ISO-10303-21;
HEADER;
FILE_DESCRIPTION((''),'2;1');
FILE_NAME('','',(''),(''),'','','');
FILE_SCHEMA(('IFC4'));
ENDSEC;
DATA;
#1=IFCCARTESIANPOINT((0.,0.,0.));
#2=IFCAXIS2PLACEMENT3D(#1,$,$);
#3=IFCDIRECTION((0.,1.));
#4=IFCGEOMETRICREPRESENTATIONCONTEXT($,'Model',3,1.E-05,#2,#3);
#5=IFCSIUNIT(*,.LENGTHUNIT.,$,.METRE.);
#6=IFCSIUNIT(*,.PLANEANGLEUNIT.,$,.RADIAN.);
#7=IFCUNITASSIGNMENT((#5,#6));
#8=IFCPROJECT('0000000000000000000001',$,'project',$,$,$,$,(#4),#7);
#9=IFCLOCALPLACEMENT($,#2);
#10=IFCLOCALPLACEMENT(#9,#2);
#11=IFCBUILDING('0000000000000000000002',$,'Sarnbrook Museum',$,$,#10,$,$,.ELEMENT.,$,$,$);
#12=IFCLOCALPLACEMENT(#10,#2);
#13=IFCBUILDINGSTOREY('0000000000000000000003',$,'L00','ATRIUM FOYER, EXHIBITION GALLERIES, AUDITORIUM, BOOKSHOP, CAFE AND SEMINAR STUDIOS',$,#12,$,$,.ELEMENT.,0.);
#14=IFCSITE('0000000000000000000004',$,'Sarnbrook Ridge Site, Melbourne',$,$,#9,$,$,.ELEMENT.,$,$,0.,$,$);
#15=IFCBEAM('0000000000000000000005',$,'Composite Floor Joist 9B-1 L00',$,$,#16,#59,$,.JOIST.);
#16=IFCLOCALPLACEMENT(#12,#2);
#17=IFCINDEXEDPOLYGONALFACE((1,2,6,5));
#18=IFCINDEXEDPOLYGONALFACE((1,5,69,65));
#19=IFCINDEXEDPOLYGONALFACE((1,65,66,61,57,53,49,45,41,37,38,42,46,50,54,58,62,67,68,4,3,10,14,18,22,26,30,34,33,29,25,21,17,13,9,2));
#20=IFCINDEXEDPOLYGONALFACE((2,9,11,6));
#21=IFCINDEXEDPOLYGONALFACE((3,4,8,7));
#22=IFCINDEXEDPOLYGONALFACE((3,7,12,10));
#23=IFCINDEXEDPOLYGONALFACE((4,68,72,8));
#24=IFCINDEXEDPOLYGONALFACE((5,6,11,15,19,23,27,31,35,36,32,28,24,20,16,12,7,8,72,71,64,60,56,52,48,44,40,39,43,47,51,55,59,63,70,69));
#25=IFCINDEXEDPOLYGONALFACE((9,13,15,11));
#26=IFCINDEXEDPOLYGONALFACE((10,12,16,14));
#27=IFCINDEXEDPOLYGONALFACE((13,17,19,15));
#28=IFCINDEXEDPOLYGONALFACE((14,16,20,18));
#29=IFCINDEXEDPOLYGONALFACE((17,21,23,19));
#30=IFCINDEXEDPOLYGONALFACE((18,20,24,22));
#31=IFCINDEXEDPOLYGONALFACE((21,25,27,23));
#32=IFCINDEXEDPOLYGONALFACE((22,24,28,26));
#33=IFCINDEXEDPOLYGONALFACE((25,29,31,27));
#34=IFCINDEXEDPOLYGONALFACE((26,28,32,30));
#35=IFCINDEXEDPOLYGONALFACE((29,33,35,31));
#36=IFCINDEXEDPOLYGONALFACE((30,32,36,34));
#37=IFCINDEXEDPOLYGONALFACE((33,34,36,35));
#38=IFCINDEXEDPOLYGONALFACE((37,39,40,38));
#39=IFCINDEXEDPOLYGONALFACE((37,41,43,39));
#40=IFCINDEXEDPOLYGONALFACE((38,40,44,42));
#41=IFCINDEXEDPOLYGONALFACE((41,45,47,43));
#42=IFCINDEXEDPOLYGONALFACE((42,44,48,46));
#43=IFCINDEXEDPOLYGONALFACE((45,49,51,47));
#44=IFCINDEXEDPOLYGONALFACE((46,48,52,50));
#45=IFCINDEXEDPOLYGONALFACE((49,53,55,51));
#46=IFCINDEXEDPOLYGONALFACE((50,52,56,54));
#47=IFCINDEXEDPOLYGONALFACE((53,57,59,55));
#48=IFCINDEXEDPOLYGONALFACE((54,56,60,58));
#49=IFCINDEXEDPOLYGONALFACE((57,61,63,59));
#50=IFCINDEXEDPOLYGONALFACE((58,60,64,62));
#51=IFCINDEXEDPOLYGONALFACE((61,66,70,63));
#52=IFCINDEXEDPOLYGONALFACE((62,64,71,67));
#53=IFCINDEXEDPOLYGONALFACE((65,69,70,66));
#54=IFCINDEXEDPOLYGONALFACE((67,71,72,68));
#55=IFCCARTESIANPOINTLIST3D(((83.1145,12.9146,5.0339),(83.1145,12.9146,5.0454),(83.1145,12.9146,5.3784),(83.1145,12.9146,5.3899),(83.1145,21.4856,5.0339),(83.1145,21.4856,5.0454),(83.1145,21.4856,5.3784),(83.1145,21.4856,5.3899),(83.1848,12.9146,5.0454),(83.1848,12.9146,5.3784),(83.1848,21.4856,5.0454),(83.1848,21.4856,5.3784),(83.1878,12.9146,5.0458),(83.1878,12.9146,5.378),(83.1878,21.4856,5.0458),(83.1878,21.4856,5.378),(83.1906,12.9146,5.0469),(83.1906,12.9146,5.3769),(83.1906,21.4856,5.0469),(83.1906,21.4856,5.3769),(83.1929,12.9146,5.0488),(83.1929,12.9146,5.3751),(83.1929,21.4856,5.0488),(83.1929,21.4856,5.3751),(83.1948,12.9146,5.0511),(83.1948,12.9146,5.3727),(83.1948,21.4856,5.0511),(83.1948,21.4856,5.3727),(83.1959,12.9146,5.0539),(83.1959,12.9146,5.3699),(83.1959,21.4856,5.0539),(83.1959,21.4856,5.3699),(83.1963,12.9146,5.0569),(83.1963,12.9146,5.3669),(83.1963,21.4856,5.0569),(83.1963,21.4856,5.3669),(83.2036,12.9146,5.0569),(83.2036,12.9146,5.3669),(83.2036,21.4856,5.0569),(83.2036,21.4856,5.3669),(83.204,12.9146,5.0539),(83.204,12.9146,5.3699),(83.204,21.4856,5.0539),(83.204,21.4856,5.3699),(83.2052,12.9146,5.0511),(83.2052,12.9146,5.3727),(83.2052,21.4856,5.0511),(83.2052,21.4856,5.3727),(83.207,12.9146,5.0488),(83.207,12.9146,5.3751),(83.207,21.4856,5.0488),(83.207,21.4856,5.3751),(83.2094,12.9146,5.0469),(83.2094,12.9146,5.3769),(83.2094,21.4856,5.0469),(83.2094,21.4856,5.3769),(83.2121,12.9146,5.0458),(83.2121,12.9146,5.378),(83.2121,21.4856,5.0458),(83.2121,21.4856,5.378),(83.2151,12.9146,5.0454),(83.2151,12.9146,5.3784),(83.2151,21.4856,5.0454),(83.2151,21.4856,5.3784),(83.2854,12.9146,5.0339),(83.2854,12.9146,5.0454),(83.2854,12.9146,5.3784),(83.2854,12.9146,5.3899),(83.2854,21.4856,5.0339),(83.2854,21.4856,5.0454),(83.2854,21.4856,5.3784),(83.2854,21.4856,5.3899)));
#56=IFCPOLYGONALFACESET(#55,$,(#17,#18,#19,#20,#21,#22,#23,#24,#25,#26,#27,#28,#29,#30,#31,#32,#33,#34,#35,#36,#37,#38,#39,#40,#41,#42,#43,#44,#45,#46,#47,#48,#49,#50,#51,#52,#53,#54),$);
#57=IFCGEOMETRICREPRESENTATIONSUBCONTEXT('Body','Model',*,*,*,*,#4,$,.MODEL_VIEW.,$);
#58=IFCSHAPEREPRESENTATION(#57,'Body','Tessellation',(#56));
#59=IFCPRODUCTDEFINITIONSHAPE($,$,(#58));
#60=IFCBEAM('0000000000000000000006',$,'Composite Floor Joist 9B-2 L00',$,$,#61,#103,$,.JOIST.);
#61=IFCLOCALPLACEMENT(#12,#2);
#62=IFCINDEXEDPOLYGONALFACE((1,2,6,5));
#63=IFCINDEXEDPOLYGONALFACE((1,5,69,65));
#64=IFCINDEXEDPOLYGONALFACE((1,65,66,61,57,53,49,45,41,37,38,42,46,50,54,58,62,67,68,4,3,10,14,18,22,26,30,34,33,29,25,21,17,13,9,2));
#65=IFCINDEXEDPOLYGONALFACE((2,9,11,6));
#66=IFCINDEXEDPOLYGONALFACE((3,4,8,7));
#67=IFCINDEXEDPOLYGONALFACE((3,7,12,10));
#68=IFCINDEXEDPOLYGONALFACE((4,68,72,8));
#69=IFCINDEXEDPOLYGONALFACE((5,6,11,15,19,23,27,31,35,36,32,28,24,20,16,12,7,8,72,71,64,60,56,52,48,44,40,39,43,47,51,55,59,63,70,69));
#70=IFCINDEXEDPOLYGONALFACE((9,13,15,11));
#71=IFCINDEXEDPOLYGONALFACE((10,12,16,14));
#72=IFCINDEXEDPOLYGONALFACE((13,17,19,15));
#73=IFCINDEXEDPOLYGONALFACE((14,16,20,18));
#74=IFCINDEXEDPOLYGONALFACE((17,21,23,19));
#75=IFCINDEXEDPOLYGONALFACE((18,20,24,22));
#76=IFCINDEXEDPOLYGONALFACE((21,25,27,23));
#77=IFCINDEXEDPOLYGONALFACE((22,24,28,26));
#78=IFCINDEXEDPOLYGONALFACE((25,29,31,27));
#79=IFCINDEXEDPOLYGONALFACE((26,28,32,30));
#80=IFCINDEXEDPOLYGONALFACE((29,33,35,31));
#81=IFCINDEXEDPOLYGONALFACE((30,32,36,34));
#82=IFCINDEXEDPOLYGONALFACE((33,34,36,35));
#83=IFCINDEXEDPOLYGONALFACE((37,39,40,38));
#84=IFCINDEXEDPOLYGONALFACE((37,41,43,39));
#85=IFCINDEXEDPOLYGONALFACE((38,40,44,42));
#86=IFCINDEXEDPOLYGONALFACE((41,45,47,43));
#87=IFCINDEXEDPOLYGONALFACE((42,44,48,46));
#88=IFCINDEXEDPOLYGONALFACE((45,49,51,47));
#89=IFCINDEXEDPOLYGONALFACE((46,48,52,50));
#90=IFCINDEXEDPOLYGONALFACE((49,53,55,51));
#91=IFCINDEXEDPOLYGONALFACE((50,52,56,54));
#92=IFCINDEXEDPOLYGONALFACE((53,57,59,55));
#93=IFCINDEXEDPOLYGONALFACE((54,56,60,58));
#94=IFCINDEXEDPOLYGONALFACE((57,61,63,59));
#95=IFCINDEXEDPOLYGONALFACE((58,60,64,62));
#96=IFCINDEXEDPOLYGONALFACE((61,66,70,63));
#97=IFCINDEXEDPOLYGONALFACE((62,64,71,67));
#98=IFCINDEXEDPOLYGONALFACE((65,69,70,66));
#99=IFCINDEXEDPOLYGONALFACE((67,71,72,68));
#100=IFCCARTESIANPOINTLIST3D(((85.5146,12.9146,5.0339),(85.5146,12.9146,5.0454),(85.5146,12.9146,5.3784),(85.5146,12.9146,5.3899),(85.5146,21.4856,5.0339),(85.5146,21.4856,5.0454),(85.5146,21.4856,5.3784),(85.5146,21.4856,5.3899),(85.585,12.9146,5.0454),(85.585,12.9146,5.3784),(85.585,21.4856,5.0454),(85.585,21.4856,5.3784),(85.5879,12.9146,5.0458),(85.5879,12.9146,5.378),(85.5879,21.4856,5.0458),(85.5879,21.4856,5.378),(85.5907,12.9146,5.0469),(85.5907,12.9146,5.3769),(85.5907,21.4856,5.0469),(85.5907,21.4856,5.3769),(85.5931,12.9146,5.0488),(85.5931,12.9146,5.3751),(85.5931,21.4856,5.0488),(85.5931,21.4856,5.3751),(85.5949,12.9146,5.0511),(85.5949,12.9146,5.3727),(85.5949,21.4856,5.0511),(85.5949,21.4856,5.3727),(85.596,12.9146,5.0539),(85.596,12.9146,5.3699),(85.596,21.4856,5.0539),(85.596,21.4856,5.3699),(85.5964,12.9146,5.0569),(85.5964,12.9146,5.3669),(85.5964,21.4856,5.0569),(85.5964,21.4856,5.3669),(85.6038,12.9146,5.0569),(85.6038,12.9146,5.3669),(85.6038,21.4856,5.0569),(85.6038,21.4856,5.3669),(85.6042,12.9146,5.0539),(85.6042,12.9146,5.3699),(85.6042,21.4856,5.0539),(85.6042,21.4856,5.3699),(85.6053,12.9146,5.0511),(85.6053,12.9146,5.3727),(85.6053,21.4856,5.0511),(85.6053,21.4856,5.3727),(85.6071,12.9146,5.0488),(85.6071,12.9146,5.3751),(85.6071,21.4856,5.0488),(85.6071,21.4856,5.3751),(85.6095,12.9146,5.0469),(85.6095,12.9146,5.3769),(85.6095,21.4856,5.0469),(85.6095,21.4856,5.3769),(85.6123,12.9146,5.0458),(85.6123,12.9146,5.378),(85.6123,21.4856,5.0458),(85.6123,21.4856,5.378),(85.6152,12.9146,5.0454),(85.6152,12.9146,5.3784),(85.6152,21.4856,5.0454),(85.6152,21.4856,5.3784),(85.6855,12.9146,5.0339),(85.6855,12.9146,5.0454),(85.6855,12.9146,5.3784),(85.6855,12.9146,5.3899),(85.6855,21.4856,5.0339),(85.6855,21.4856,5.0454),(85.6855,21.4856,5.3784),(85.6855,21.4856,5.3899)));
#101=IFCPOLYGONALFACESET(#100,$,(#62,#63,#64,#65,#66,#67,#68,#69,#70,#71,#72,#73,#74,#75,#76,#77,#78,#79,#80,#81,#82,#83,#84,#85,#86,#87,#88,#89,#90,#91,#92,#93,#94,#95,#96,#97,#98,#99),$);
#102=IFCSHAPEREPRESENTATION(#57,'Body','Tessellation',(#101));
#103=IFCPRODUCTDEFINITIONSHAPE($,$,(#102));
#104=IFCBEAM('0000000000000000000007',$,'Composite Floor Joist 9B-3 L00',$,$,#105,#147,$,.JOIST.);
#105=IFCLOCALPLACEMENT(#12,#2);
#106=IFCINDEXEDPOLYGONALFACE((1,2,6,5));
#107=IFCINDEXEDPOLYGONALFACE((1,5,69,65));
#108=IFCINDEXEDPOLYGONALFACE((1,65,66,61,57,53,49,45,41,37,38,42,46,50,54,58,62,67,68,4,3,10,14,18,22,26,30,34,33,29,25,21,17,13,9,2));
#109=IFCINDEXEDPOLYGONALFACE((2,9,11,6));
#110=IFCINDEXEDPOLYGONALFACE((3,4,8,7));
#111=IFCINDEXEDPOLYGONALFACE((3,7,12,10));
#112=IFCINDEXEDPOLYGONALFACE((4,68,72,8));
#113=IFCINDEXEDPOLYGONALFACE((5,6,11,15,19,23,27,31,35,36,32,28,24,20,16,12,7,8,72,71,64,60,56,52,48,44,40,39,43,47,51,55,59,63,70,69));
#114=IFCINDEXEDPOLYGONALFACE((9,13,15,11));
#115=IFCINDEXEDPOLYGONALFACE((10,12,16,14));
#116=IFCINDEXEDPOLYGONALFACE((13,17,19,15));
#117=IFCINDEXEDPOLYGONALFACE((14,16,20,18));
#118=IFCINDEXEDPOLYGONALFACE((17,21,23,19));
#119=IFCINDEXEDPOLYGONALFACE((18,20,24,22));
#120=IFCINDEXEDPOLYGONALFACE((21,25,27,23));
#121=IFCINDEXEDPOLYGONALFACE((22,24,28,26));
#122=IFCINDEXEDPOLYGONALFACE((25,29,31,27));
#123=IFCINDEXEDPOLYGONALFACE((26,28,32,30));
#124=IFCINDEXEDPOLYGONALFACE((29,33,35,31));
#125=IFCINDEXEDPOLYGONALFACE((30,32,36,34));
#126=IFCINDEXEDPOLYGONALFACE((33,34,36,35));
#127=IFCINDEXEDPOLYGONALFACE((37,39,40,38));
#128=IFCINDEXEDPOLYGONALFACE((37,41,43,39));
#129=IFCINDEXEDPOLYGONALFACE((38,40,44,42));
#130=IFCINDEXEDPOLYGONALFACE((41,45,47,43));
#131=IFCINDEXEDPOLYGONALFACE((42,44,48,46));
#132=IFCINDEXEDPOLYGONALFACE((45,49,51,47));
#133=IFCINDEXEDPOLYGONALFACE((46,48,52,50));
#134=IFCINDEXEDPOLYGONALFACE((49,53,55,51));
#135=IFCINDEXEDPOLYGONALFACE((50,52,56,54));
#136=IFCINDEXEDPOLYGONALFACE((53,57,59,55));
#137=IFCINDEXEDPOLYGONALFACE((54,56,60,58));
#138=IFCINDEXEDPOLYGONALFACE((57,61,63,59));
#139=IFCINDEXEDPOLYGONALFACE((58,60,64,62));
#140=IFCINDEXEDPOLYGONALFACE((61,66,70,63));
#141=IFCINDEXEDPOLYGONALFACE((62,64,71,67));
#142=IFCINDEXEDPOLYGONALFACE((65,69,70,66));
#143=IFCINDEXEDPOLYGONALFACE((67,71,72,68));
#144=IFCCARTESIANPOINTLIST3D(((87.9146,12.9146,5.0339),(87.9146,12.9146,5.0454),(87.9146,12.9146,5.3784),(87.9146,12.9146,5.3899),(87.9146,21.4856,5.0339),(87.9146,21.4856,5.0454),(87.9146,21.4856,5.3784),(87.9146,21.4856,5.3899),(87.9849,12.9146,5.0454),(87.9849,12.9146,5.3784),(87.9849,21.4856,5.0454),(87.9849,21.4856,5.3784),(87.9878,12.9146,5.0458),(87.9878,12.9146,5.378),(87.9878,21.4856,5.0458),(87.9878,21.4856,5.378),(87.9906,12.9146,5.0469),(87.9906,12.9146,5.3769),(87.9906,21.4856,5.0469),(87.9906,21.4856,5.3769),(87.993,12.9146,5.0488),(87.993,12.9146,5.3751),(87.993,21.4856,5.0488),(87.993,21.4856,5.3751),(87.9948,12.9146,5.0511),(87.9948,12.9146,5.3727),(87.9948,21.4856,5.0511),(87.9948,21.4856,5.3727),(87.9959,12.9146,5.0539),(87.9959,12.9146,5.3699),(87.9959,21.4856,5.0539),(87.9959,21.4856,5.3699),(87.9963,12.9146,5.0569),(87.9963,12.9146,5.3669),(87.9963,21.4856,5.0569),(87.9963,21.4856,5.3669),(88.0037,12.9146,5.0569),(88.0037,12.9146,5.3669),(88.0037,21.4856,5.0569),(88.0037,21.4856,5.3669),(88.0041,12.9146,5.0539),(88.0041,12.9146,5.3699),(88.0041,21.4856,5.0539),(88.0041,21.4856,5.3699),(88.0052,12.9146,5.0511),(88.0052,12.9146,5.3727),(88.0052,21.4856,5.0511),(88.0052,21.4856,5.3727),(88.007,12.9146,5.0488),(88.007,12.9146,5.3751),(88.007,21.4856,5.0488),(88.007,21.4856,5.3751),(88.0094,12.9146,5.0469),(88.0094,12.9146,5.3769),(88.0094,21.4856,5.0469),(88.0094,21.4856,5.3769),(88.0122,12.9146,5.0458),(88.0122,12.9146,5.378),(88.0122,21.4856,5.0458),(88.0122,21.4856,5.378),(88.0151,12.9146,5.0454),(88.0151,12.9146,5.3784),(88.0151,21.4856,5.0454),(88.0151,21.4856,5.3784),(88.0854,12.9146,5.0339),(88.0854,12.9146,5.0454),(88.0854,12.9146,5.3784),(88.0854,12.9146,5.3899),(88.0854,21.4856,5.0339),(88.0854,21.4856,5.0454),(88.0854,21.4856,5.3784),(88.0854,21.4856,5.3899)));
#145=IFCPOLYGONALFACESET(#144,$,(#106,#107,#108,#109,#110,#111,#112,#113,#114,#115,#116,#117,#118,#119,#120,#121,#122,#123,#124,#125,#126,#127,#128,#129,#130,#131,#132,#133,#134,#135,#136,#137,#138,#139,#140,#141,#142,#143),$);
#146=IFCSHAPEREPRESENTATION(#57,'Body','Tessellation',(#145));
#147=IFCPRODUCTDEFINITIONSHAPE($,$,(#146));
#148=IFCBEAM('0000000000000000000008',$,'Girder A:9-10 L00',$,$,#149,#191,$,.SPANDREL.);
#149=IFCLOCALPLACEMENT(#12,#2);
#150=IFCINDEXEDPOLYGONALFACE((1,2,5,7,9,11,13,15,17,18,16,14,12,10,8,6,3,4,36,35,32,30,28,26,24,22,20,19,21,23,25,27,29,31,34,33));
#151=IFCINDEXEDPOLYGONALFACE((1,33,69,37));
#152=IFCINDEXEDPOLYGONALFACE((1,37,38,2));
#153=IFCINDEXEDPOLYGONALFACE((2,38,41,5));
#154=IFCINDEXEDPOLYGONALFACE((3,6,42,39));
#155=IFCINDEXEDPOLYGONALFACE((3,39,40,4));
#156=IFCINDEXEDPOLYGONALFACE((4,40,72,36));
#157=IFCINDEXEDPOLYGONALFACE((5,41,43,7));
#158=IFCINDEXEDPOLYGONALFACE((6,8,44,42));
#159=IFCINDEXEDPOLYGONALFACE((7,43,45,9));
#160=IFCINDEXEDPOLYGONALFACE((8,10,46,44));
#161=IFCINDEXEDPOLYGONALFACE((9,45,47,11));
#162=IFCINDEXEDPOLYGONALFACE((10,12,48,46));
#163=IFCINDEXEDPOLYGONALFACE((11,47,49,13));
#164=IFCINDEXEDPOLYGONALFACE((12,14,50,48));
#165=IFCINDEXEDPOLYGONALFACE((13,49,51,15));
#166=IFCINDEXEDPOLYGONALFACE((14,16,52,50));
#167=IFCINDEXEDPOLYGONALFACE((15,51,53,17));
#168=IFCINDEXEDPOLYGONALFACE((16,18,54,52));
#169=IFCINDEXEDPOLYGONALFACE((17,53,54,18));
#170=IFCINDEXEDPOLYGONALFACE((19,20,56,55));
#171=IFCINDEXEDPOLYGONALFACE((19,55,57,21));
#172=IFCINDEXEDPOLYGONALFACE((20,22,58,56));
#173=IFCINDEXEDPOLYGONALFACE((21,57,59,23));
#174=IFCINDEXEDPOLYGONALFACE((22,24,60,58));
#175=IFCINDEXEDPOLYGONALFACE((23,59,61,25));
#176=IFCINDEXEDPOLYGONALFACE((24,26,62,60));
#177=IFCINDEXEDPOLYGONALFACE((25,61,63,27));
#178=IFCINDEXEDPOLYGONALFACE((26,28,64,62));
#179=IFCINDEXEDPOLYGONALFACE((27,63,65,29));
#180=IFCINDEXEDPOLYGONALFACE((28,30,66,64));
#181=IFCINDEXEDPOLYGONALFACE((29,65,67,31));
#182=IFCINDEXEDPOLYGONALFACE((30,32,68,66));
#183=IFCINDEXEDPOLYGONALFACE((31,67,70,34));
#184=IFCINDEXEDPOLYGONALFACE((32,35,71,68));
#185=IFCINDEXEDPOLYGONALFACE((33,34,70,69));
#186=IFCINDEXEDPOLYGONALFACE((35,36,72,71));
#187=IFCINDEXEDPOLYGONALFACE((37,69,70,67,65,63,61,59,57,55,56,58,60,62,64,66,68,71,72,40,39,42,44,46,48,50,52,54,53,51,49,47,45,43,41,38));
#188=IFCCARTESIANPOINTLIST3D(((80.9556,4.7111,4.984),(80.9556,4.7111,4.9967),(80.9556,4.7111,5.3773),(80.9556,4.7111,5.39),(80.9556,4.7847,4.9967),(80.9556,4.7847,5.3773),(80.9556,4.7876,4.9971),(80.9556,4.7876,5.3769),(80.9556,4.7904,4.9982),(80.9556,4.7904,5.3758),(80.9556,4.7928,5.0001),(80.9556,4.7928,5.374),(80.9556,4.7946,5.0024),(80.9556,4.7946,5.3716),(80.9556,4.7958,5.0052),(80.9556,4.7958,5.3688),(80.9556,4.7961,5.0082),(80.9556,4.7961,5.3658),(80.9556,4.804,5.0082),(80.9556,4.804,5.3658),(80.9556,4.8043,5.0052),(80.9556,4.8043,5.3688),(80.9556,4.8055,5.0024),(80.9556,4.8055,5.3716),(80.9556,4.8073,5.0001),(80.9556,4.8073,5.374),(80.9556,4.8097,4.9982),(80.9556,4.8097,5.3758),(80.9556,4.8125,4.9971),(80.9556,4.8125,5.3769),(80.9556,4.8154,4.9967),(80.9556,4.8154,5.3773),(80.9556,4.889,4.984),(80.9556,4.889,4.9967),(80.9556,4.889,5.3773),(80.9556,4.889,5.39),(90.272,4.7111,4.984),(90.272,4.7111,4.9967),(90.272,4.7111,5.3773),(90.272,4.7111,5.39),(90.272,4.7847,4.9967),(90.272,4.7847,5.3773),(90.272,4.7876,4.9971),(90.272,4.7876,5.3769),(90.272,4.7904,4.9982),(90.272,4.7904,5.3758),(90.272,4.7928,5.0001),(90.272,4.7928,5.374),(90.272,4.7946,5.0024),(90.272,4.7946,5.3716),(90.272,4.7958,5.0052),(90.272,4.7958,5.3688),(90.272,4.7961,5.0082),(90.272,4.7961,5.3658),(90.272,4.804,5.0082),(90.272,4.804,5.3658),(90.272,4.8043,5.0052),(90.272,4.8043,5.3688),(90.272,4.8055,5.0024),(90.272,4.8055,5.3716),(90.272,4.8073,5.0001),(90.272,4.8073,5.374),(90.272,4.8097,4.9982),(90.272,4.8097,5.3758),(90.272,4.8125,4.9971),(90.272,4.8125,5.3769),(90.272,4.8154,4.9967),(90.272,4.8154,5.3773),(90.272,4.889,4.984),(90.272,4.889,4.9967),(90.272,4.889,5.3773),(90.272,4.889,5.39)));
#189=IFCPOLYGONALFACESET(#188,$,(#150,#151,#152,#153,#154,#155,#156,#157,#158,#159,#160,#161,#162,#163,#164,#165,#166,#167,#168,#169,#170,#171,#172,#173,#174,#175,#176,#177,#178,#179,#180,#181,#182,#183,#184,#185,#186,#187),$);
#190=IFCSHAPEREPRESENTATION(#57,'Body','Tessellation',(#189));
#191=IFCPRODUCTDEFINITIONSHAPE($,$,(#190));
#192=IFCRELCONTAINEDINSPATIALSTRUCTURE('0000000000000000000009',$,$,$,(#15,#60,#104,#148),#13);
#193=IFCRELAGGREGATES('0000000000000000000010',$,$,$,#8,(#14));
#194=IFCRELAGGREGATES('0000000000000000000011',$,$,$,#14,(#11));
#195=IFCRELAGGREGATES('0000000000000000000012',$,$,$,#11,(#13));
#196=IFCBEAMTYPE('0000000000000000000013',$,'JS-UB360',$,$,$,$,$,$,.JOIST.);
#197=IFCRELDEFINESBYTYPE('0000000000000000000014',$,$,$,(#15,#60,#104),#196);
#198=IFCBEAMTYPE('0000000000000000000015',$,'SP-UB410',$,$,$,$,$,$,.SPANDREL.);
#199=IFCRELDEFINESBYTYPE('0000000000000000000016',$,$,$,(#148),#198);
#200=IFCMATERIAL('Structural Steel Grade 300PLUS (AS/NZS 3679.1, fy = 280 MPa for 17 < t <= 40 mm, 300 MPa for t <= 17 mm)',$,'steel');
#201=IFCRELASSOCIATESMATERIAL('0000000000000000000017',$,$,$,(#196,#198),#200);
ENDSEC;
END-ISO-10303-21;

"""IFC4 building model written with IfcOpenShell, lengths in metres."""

from ifc_helpers import new_model, si_unit, direction, frame, origin, origin_2d, place, context, subcontext, project, spatial, i_section, extrude, material, material_profile, profile_set, type_object, element, save


model = new_model("IFC4")

# Units and contexts
model_context = context("Model", 3, precision=1e-05, world=origin(), true_north=direction((0.0, 1.0)))
body_context = subcontext(model_context, "Body", "Model", "MODEL_VIEW")
ifc_project = project(units=[si_unit("LENGTHUNIT", "METRE"), si_unit("PLANEANGLEUNIT", "RADIAN")], contexts=[model_context])

# Site, building, storey
site_placement = place(None, origin())
site = spatial("IfcSite", under=ifc_project, at=site_placement, Name="Sarnbrook Ridge Site, Melbourne", CompositionType="ELEMENT", RefElevation=0.0)
building_placement = place(site_placement, origin())
building = spatial("IfcBuilding", under=site, at=building_placement, Name="Sarnbrook Museum", CompositionType="ELEMENT")
storey_placement = place(building_placement, origin())
storey = spatial("IfcBuildingStorey", under=building, at=storey_placement, Name="L00", Description="ATRIUM FOYER, EXHIBITION GALLERIES, AUDITORIUM, BOOKSHOP, CAFE AND SEMINAR STUDIOS", CompositionType="ELEMENT", Elevation=0.0)

# Shared definitions
ifc_material_1 = material(Name="Structural Steel Grade 300PLUS (AS/NZS 3679.1, fy = 280 MPa for 17 < t <= 40 mm, 300 MPa for t <= 17 mm)", Category="steel")

# Beams
ifc_material_profile_1 = material_profile(ifc_material_1, i_section(OverallWidth=0.1709, OverallDepth=0.356, WebThickness=0.0073, FlangeThickness=0.0115, FilletRadius=0.0115, at=origin_2d()), Name="360UB50.7")
ifc_profile_set_1 = profile_set([ifc_material_profile_1], Name="Structural Steel Grade 300PLUS (AS/NZS 3679.1, fy = 280 MPa for 17 < t <= 40 mm, 300 MPa for t <= 17 mm)")
beam_type_1 = type_object("IfcBeamType", Name="JS-UB360", PredefinedType="JOIST", material=ifc_profile_set_1)
for number, where, z_axis, x_axis, name in (
    (1, (83.2, 12.9146, 5.2119), (0.0, 1.0, 0.0), (-1.0, 0.0, 0.0), "Composite Floor Joist 9B-1 L00"),
    (2, (85.6001, 12.9146, 5.2119), (0.0, 1.0, 0.0), (-1.0, 0.0, 0.0), "Composite Floor Joist 9B-2 L00"),
    (3, (88.0, 12.9146, 5.2119), (0.0, 1.0, 0.0), (-1.0, 0.0, 0.0), "Composite Floor Joist 9B-3 L00"),
):
    element("IfcBeam", number, at=place(storey_placement, frame(where, z_axis=z_axis, x_axis=x_axis)), inside=storey, type_object=beam_type_1, Name=name, PredefinedType="JOIST", context=body_context, shape_type="SweptSolid", body=[
        extrude(i_section(OverallWidth=0.1709, OverallDepth=0.356, WebThickness=0.0073, FlangeThickness=0.0115, FilletRadius=0.0115, at=origin_2d()), origin(), (0.0, 0.0, 1.0), 8.571),
    ])
ifc_material_profile_2 = material_profile(ifc_material_1, i_section(OverallWidth=0.178, OverallDepth=0.406, WebThickness=0.0078, FlangeThickness=0.0127, FilletRadius=0.0115, at=origin_2d()), Name="410UB59.7")
ifc_profile_set_2 = profile_set([ifc_material_profile_2], Name="Structural Steel Grade 300PLUS (AS/NZS 3679.1, fy = 280 MPa for 17 < t <= 40 mm, 300 MPa for t <= 17 mm)")
beam_type_2 = type_object("IfcBeamType", Name="SP-UB410", PredefinedType="SPANDREL", material=ifc_profile_set_2)
beam_1_placement = place(storey_placement, frame((80.9556, 4.8, 5.187), z_axis=(1.0, 0.0, 0.0), x_axis=(0.0, 1.0, 0.0)))
element("IfcBeam", 4, at=beam_1_placement, inside=storey, type_object=beam_type_2, Name="Girder A:9-10 L00", PredefinedType="SPANDREL", context=body_context, shape_type="SweptSolid", body=[
    extrude(i_section(OverallWidth=0.178, OverallDepth=0.406, WebThickness=0.0078, FlangeThickness=0.0127, FilletRadius=0.0115, at=origin_2d()), origin(), (0.0, 0.0, 1.0), 9.3164),
])

save(model, "model.ifc")
